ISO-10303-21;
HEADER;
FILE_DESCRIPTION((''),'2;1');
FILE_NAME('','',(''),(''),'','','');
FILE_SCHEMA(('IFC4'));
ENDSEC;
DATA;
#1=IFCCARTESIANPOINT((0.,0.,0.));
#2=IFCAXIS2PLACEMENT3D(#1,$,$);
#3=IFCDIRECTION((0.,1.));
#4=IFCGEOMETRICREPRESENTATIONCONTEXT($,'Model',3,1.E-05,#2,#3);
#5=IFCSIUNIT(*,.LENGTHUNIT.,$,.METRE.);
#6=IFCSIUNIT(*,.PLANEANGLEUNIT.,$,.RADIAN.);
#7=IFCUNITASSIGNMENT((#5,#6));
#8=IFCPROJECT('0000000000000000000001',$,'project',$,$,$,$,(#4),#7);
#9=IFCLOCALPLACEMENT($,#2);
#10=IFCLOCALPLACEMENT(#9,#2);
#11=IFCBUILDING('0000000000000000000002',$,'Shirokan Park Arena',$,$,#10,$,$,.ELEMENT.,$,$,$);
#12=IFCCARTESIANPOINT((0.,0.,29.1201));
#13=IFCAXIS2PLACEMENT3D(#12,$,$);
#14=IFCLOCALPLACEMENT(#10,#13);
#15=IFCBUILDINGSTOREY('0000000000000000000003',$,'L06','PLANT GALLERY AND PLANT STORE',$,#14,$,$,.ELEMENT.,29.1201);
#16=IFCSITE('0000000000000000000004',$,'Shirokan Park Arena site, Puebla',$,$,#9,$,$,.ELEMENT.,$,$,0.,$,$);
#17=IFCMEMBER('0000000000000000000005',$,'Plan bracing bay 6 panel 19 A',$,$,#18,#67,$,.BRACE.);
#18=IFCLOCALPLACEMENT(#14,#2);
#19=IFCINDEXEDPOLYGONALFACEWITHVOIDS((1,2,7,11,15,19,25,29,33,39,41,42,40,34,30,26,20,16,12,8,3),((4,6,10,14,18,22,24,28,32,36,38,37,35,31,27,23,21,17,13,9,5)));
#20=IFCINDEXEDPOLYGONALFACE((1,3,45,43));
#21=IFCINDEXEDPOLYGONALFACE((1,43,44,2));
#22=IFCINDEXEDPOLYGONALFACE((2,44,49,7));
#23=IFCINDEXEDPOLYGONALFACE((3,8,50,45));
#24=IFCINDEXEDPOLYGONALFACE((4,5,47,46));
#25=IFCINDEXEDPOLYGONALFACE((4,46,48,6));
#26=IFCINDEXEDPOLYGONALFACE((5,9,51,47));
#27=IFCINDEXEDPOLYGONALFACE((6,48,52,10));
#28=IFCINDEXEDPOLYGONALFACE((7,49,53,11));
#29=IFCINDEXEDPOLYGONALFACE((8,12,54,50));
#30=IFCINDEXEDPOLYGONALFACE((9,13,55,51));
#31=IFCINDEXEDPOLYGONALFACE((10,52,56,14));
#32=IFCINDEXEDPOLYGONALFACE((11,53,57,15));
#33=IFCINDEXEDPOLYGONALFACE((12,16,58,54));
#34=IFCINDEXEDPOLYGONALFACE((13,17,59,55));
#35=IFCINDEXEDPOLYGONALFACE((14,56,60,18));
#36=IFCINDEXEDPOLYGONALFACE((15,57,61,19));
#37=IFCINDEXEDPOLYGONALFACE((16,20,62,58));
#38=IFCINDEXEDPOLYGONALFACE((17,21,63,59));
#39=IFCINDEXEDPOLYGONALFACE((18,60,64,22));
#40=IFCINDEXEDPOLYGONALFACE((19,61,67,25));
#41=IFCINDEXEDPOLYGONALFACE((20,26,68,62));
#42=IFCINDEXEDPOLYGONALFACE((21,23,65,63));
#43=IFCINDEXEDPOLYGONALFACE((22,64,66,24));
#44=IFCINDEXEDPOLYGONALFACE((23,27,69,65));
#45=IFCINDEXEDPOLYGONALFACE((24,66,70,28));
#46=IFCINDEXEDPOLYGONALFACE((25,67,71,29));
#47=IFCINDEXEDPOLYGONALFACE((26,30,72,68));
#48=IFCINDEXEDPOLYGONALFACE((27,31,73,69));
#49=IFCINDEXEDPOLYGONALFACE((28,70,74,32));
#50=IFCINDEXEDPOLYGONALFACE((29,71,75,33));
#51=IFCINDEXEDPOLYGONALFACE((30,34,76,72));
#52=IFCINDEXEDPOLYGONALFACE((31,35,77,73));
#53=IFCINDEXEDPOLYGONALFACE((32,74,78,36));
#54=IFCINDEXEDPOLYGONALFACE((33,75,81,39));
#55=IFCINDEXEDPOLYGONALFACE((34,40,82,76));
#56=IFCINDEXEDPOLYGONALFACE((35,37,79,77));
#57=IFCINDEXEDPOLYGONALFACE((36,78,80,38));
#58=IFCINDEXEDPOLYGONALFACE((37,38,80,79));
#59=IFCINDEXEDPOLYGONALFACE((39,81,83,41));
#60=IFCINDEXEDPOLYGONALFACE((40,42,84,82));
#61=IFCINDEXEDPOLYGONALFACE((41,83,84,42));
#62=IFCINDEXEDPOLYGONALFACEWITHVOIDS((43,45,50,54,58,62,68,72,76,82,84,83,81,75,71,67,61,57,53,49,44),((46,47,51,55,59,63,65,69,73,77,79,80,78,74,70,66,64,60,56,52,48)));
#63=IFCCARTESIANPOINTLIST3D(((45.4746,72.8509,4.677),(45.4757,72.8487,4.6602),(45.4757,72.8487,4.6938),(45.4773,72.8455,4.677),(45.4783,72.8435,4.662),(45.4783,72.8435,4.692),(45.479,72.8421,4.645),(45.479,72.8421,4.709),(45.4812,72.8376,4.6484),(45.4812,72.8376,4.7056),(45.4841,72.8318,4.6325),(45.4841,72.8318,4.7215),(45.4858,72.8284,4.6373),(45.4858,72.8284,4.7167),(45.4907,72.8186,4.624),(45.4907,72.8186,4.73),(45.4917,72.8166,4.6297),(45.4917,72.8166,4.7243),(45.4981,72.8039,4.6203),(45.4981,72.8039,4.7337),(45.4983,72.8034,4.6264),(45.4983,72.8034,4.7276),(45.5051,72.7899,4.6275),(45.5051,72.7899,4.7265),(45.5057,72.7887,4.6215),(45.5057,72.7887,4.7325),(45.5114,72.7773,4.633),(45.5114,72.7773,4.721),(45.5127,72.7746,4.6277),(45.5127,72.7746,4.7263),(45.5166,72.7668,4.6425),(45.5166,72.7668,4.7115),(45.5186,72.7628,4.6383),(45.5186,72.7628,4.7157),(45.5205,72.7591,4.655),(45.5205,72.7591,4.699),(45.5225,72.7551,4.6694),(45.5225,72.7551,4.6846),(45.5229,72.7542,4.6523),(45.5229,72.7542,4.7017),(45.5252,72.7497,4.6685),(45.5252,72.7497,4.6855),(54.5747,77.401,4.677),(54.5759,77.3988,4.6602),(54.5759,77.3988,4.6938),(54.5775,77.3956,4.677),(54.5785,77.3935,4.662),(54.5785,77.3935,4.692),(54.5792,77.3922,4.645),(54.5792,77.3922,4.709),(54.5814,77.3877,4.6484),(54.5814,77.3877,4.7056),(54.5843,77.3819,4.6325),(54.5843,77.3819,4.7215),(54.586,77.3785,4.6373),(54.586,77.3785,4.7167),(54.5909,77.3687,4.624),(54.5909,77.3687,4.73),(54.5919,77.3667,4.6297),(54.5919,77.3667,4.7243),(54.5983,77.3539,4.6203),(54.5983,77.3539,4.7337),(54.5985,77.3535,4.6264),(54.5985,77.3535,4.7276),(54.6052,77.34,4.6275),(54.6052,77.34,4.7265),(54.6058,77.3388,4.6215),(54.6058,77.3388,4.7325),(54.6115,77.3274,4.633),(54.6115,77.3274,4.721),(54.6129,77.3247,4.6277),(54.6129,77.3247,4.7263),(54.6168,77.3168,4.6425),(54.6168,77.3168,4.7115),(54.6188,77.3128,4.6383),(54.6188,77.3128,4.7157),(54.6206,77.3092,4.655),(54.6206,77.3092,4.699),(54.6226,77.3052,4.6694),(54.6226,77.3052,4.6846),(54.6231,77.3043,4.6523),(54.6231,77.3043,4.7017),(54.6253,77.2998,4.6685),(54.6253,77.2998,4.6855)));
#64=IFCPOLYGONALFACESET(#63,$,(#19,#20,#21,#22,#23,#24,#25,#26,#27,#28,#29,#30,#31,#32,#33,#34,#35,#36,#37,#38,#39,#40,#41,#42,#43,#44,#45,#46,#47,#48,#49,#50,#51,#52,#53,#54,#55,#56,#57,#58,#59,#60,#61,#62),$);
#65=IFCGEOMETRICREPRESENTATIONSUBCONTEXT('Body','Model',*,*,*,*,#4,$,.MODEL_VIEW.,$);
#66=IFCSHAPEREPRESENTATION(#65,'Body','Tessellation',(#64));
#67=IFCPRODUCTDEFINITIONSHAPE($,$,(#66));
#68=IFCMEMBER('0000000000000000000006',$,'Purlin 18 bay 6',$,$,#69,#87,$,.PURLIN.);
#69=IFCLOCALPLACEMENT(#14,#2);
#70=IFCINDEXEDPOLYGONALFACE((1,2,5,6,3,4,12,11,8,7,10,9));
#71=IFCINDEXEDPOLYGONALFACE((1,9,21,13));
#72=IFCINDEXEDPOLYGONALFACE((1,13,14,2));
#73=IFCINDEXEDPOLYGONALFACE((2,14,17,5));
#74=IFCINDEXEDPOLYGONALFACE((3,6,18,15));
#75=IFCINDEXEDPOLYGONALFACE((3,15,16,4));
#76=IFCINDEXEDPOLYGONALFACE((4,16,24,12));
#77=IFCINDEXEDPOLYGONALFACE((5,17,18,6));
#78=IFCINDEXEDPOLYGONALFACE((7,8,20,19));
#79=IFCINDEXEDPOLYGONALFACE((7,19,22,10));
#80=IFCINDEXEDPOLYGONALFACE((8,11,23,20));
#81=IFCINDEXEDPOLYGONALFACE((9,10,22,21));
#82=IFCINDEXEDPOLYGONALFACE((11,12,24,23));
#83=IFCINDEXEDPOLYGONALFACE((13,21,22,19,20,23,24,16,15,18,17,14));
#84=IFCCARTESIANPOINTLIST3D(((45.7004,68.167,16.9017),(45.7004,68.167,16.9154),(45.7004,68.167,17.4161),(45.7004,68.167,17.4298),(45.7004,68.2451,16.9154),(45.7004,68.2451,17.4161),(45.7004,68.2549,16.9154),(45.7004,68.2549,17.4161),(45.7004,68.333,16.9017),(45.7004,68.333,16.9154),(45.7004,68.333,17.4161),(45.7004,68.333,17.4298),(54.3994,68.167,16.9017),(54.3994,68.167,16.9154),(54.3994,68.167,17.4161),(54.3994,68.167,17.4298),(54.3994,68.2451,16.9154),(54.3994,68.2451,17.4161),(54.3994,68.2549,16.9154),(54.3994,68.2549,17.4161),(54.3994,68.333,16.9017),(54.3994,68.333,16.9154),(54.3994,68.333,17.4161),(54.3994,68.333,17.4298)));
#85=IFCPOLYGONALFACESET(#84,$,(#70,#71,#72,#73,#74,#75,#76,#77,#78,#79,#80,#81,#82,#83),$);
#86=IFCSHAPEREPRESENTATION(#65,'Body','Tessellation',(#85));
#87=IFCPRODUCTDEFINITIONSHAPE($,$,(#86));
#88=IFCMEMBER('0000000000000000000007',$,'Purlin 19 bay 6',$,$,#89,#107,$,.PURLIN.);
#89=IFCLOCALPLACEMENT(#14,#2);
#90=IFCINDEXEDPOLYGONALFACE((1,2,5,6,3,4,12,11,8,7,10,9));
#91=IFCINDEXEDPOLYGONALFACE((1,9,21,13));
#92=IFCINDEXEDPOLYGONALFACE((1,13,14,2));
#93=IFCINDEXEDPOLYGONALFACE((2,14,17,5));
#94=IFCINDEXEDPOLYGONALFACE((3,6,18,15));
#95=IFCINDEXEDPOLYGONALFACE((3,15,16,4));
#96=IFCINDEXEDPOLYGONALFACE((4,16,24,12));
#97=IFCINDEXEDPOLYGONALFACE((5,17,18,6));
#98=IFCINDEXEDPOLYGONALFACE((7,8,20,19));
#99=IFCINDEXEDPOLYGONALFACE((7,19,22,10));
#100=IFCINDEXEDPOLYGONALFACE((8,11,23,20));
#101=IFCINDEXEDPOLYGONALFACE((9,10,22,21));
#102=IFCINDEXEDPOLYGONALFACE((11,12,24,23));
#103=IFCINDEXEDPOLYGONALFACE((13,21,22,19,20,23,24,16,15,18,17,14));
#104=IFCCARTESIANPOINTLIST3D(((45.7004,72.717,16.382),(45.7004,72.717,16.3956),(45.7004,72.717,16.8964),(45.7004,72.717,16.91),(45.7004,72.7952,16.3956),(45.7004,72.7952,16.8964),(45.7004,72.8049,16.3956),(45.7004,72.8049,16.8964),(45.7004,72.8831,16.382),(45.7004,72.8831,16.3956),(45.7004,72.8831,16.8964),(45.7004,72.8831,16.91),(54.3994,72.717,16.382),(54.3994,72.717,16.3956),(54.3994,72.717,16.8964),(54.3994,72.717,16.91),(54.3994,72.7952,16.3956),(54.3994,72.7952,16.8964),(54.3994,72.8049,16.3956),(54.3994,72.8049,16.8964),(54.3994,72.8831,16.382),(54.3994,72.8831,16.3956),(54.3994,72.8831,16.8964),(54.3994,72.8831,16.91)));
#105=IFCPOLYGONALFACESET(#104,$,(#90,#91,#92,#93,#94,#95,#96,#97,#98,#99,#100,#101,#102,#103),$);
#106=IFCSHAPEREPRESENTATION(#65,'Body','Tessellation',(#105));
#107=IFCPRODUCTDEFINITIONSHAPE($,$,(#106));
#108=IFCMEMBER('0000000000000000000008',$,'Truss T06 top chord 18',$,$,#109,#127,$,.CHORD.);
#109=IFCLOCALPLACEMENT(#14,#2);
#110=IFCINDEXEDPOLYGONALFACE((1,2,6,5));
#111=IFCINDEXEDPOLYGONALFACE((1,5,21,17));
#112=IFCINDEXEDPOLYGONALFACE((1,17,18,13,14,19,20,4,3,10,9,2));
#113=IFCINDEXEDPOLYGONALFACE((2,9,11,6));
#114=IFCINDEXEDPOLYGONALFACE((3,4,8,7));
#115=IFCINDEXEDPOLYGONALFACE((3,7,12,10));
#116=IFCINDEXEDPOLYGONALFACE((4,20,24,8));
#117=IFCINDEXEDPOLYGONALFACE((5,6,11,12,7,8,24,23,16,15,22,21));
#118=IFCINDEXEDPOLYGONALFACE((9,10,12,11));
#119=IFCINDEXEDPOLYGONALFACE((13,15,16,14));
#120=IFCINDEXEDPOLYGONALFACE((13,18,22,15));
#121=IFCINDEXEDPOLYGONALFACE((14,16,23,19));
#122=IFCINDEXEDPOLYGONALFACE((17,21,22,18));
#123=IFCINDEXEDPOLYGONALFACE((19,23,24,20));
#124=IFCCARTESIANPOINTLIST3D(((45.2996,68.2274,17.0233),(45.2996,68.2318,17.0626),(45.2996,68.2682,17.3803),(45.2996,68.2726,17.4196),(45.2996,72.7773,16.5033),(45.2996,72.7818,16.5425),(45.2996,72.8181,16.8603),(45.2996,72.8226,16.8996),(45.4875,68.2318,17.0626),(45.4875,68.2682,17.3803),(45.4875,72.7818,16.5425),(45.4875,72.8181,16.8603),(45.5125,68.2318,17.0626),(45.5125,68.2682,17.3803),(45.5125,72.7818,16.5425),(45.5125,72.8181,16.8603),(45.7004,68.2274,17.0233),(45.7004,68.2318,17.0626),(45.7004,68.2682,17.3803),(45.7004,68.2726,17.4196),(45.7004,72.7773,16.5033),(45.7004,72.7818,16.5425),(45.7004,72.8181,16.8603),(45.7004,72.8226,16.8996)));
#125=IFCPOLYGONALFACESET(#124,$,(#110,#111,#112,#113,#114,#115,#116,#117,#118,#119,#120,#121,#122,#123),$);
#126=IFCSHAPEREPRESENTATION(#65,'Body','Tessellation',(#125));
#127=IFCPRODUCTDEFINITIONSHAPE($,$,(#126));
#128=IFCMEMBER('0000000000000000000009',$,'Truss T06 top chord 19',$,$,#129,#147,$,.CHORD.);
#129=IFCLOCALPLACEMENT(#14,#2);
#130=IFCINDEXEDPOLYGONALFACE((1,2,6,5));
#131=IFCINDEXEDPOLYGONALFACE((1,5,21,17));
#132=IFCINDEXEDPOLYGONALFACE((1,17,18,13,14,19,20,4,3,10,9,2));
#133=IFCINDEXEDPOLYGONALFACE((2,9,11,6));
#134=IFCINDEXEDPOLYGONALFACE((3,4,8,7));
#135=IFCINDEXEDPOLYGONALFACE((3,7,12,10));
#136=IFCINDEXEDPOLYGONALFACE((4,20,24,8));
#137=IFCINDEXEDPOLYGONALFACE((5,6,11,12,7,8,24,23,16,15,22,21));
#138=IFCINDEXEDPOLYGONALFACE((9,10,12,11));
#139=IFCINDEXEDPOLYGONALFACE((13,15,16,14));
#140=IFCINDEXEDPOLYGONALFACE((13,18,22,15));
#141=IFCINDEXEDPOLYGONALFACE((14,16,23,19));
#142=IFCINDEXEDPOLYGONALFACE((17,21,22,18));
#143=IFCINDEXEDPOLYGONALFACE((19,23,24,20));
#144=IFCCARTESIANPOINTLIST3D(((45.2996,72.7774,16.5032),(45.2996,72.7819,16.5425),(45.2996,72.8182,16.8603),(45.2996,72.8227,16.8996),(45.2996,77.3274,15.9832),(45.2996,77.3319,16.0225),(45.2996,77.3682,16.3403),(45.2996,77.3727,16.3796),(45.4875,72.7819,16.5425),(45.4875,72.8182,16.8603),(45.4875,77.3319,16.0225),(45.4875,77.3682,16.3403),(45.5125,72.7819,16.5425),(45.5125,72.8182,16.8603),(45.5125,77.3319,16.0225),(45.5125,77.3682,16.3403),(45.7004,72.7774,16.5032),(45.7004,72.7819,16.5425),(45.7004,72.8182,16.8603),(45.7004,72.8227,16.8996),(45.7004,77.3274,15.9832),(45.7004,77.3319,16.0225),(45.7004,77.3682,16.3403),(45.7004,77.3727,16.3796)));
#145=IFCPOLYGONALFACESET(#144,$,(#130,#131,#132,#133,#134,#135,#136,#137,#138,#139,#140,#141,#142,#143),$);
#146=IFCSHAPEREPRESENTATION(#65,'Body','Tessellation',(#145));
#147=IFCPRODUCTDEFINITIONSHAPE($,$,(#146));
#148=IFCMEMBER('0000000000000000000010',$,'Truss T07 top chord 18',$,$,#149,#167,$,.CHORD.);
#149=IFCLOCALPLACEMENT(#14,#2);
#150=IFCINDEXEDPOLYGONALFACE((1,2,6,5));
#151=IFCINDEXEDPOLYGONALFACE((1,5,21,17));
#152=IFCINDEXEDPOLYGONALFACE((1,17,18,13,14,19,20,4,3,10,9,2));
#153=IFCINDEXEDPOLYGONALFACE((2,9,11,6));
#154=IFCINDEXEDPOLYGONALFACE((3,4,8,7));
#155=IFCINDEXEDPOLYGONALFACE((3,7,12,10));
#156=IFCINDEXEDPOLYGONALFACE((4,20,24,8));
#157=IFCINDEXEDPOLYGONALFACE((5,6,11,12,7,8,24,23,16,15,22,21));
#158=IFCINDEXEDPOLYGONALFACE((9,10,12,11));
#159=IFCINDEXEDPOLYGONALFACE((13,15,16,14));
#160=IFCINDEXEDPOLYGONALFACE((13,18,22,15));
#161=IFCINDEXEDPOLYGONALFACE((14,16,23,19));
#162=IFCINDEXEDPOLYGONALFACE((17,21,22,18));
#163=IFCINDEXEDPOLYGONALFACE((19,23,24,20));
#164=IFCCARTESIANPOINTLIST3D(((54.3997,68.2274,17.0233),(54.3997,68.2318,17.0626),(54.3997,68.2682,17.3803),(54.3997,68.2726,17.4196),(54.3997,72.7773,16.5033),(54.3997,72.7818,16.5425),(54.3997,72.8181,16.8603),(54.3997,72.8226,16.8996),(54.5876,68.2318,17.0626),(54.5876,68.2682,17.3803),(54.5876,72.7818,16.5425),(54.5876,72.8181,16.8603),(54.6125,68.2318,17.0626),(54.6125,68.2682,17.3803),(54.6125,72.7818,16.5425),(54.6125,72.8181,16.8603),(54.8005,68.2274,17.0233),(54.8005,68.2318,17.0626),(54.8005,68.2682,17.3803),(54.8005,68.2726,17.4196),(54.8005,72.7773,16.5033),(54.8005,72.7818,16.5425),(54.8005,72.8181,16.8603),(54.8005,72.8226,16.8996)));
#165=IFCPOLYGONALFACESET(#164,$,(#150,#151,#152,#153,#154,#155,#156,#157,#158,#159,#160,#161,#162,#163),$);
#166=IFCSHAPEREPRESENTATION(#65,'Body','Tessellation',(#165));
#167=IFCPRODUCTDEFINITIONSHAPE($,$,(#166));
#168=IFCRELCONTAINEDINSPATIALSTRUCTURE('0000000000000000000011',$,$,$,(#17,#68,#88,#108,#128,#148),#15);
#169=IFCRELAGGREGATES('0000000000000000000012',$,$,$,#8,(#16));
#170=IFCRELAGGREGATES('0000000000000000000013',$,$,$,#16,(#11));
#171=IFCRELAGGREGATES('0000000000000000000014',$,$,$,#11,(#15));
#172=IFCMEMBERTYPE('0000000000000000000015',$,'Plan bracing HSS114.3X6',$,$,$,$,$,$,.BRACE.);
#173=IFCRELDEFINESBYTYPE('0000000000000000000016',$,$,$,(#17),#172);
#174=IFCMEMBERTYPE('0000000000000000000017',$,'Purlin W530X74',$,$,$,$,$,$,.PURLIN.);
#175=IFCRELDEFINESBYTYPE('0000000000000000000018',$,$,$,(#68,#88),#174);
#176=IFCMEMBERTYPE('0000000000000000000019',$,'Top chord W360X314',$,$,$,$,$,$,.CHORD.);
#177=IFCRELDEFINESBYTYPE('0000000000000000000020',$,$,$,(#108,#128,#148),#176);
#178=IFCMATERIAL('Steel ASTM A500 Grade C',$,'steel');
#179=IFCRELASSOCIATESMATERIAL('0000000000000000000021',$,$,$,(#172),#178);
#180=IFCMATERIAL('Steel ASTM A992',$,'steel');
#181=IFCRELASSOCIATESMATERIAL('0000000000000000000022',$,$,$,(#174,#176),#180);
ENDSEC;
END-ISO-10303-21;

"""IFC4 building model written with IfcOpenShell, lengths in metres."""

from ifc_helpers import new_model, si_unit, direction, frame, origin, origin_2d, place, context, subcontext, project, spatial, hollow_circle, i_section, extrude, material, material_profile, profile_set, type_object, element, save


model = new_model("IFC4")

# Units and contexts
model_context = context("Model", 3, precision=1e-05, world=origin(), true_north=direction((0.0, 1.0)))
body_context = subcontext(model_context, "Body", "Model", "MODEL_VIEW")
ifc_project = project(units=[si_unit("LENGTHUNIT", "METRE"), si_unit("PLANEANGLEUNIT", "RADIAN")], contexts=[model_context])

# Site, building, storey
site_placement = place(None, origin())
site = spatial("IfcSite", under=ifc_project, at=site_placement, Name="Shirokan Park Arena site, Puebla", CompositionType="ELEMENT", RefElevation=0.0)
building_placement = place(site_placement, origin())
building = spatial("IfcBuilding", under=site, at=building_placement, Name="Shirokan Park Arena", CompositionType="ELEMENT")
storey_placement = place(building_placement, frame((0.0, 0.0, 29.1201)))
storey = spatial("IfcBuildingStorey", under=building, at=storey_placement, Name="L06", Description="PLANT GALLERY AND PLANT STORE", CompositionType="ELEMENT", Elevation=29.1201)

# Members
ifc_material_1 = material(Name="Steel ASTM A992", Category="steel")
ifc_material_2 = material(Name="Steel ASTM A500 Grade C", Category="steel")
ifc_material_profile_1 = material_profile(ifc_material_2, hollow_circle(Radius=0.0569, WallThickness=0.0061, at=origin_2d()), Name="HSS114.3X6")
ifc_profile_set_1 = profile_set([ifc_material_profile_1], Name="Steel ASTM A500 Grade C")
member_type_1 = type_object("IfcMemberType", Name="Plan bracing HSS114.3X6", PredefinedType="BRACE", material=ifc_profile_set_1)
for number, where, z_axis, x_axis, name in (
    (1, (45.5, 72.8, 4.677), (0.894427, 0.447214, 0.0), (-0.447214, 0.894427, 0.0), "Plan bracing bay 6 panel 19 A"),
):
    element("IfcMember", number, at=place(storey_placement, frame(where, z_axis=z_axis, x_axis=x_axis)), inside=storey, type_object=member_type_1, Name=name, PredefinedType="BRACE", context=body_context, shape_type="SweptSolid", body=[
        extrude(hollow_circle(Radius=0.0569, WallThickness=0.0061, at=origin_2d()), origin(), (0.0, 0.0, 1.0), 10.1743),
    ])
ifc_material_profile_2 = material_profile(ifc_material_1, i_section(OverallWidth=0.166, OverallDepth=0.5281, WebThickness=0.0098, FlangeThickness=0.0137, at=origin_2d()), Name="W530X74")
ifc_profile_set_2 = profile_set([ifc_material_profile_2], Name="Steel ASTM A992")
member_type_2 = type_object("IfcMemberType", Name="Purlin W530X74", PredefinedType="PURLIN", material=ifc_profile_set_2)
for number, where, z_axis, x_axis, name in (
    (2, (45.7004, 68.25, 17.1658), (1.0, 0.0, 0.0), (0.0, 1.0, 0.0), "Purlin 18 bay 6"),
    (3, (45.7004, 72.8, 16.646), (1.0, 0.0, 0.0), (0.0, 1.0, 0.0), "Purlin 19 bay 6"),
):
    element("IfcMember", number, at=place(storey_placement, frame(where, z_axis=z_axis, x_axis=x_axis)), inside=storey, type_object=member_type_2, Name=name, PredefinedType="PURLIN", context=body_context, shape_type="SweptSolid", body=[
        extrude(i_section(OverallWidth=0.166, OverallDepth=0.5281, WebThickness=0.0098, FlangeThickness=0.0137, at=origin_2d()), origin(), (0.0, 0.0, 1.0), 8.699),
    ])
ifc_material_profile_3 = material_profile(ifc_material_1, i_section(OverallWidth=0.4009, OverallDepth=0.3989, WebThickness=0.0249, FlangeThickness=0.0396, at=origin_2d()), Name="W360X314")
ifc_profile_set_3 = profile_set([ifc_material_profile_3], Name="Steel ASTM A992")
member_type_3 = type_object("IfcMemberType", Name="Top chord W360X314", PredefinedType="CHORD", material=ifc_profile_set_3)
for number, where, z_axis, x_axis, name in (
    (4, (45.5, 68.25, 17.2214), (0.0, 0.993532, -0.11355), (-1.0, 0.0, 0.0), "Truss T06 top chord 18"),
    (5, (45.5, 72.8, 16.7014), (0.0, 0.993532, -0.11355), (-1.0, 0.0, 0.0), "Truss T06 top chord 19"),
    (6, (54.6001, 68.25, 17.2214), (0.0, 0.993532, -0.11355), (-1.0, 0.0, 0.0), "Truss T07 top chord 18"),
):
    element("IfcMember", number, at=place(storey_placement, frame(where, z_axis=z_axis, x_axis=x_axis)), inside=storey, type_object=member_type_3, Name=name, PredefinedType="CHORD", context=body_context, shape_type="SweptSolid", body=[
        extrude(i_section(OverallWidth=0.4009, OverallDepth=0.3989, WebThickness=0.0249, FlangeThickness=0.0396, at=origin_2d()), origin(), (0.0, 0.0, 1.0), 4.5796),
    ])

save(model, "model.ifc")
